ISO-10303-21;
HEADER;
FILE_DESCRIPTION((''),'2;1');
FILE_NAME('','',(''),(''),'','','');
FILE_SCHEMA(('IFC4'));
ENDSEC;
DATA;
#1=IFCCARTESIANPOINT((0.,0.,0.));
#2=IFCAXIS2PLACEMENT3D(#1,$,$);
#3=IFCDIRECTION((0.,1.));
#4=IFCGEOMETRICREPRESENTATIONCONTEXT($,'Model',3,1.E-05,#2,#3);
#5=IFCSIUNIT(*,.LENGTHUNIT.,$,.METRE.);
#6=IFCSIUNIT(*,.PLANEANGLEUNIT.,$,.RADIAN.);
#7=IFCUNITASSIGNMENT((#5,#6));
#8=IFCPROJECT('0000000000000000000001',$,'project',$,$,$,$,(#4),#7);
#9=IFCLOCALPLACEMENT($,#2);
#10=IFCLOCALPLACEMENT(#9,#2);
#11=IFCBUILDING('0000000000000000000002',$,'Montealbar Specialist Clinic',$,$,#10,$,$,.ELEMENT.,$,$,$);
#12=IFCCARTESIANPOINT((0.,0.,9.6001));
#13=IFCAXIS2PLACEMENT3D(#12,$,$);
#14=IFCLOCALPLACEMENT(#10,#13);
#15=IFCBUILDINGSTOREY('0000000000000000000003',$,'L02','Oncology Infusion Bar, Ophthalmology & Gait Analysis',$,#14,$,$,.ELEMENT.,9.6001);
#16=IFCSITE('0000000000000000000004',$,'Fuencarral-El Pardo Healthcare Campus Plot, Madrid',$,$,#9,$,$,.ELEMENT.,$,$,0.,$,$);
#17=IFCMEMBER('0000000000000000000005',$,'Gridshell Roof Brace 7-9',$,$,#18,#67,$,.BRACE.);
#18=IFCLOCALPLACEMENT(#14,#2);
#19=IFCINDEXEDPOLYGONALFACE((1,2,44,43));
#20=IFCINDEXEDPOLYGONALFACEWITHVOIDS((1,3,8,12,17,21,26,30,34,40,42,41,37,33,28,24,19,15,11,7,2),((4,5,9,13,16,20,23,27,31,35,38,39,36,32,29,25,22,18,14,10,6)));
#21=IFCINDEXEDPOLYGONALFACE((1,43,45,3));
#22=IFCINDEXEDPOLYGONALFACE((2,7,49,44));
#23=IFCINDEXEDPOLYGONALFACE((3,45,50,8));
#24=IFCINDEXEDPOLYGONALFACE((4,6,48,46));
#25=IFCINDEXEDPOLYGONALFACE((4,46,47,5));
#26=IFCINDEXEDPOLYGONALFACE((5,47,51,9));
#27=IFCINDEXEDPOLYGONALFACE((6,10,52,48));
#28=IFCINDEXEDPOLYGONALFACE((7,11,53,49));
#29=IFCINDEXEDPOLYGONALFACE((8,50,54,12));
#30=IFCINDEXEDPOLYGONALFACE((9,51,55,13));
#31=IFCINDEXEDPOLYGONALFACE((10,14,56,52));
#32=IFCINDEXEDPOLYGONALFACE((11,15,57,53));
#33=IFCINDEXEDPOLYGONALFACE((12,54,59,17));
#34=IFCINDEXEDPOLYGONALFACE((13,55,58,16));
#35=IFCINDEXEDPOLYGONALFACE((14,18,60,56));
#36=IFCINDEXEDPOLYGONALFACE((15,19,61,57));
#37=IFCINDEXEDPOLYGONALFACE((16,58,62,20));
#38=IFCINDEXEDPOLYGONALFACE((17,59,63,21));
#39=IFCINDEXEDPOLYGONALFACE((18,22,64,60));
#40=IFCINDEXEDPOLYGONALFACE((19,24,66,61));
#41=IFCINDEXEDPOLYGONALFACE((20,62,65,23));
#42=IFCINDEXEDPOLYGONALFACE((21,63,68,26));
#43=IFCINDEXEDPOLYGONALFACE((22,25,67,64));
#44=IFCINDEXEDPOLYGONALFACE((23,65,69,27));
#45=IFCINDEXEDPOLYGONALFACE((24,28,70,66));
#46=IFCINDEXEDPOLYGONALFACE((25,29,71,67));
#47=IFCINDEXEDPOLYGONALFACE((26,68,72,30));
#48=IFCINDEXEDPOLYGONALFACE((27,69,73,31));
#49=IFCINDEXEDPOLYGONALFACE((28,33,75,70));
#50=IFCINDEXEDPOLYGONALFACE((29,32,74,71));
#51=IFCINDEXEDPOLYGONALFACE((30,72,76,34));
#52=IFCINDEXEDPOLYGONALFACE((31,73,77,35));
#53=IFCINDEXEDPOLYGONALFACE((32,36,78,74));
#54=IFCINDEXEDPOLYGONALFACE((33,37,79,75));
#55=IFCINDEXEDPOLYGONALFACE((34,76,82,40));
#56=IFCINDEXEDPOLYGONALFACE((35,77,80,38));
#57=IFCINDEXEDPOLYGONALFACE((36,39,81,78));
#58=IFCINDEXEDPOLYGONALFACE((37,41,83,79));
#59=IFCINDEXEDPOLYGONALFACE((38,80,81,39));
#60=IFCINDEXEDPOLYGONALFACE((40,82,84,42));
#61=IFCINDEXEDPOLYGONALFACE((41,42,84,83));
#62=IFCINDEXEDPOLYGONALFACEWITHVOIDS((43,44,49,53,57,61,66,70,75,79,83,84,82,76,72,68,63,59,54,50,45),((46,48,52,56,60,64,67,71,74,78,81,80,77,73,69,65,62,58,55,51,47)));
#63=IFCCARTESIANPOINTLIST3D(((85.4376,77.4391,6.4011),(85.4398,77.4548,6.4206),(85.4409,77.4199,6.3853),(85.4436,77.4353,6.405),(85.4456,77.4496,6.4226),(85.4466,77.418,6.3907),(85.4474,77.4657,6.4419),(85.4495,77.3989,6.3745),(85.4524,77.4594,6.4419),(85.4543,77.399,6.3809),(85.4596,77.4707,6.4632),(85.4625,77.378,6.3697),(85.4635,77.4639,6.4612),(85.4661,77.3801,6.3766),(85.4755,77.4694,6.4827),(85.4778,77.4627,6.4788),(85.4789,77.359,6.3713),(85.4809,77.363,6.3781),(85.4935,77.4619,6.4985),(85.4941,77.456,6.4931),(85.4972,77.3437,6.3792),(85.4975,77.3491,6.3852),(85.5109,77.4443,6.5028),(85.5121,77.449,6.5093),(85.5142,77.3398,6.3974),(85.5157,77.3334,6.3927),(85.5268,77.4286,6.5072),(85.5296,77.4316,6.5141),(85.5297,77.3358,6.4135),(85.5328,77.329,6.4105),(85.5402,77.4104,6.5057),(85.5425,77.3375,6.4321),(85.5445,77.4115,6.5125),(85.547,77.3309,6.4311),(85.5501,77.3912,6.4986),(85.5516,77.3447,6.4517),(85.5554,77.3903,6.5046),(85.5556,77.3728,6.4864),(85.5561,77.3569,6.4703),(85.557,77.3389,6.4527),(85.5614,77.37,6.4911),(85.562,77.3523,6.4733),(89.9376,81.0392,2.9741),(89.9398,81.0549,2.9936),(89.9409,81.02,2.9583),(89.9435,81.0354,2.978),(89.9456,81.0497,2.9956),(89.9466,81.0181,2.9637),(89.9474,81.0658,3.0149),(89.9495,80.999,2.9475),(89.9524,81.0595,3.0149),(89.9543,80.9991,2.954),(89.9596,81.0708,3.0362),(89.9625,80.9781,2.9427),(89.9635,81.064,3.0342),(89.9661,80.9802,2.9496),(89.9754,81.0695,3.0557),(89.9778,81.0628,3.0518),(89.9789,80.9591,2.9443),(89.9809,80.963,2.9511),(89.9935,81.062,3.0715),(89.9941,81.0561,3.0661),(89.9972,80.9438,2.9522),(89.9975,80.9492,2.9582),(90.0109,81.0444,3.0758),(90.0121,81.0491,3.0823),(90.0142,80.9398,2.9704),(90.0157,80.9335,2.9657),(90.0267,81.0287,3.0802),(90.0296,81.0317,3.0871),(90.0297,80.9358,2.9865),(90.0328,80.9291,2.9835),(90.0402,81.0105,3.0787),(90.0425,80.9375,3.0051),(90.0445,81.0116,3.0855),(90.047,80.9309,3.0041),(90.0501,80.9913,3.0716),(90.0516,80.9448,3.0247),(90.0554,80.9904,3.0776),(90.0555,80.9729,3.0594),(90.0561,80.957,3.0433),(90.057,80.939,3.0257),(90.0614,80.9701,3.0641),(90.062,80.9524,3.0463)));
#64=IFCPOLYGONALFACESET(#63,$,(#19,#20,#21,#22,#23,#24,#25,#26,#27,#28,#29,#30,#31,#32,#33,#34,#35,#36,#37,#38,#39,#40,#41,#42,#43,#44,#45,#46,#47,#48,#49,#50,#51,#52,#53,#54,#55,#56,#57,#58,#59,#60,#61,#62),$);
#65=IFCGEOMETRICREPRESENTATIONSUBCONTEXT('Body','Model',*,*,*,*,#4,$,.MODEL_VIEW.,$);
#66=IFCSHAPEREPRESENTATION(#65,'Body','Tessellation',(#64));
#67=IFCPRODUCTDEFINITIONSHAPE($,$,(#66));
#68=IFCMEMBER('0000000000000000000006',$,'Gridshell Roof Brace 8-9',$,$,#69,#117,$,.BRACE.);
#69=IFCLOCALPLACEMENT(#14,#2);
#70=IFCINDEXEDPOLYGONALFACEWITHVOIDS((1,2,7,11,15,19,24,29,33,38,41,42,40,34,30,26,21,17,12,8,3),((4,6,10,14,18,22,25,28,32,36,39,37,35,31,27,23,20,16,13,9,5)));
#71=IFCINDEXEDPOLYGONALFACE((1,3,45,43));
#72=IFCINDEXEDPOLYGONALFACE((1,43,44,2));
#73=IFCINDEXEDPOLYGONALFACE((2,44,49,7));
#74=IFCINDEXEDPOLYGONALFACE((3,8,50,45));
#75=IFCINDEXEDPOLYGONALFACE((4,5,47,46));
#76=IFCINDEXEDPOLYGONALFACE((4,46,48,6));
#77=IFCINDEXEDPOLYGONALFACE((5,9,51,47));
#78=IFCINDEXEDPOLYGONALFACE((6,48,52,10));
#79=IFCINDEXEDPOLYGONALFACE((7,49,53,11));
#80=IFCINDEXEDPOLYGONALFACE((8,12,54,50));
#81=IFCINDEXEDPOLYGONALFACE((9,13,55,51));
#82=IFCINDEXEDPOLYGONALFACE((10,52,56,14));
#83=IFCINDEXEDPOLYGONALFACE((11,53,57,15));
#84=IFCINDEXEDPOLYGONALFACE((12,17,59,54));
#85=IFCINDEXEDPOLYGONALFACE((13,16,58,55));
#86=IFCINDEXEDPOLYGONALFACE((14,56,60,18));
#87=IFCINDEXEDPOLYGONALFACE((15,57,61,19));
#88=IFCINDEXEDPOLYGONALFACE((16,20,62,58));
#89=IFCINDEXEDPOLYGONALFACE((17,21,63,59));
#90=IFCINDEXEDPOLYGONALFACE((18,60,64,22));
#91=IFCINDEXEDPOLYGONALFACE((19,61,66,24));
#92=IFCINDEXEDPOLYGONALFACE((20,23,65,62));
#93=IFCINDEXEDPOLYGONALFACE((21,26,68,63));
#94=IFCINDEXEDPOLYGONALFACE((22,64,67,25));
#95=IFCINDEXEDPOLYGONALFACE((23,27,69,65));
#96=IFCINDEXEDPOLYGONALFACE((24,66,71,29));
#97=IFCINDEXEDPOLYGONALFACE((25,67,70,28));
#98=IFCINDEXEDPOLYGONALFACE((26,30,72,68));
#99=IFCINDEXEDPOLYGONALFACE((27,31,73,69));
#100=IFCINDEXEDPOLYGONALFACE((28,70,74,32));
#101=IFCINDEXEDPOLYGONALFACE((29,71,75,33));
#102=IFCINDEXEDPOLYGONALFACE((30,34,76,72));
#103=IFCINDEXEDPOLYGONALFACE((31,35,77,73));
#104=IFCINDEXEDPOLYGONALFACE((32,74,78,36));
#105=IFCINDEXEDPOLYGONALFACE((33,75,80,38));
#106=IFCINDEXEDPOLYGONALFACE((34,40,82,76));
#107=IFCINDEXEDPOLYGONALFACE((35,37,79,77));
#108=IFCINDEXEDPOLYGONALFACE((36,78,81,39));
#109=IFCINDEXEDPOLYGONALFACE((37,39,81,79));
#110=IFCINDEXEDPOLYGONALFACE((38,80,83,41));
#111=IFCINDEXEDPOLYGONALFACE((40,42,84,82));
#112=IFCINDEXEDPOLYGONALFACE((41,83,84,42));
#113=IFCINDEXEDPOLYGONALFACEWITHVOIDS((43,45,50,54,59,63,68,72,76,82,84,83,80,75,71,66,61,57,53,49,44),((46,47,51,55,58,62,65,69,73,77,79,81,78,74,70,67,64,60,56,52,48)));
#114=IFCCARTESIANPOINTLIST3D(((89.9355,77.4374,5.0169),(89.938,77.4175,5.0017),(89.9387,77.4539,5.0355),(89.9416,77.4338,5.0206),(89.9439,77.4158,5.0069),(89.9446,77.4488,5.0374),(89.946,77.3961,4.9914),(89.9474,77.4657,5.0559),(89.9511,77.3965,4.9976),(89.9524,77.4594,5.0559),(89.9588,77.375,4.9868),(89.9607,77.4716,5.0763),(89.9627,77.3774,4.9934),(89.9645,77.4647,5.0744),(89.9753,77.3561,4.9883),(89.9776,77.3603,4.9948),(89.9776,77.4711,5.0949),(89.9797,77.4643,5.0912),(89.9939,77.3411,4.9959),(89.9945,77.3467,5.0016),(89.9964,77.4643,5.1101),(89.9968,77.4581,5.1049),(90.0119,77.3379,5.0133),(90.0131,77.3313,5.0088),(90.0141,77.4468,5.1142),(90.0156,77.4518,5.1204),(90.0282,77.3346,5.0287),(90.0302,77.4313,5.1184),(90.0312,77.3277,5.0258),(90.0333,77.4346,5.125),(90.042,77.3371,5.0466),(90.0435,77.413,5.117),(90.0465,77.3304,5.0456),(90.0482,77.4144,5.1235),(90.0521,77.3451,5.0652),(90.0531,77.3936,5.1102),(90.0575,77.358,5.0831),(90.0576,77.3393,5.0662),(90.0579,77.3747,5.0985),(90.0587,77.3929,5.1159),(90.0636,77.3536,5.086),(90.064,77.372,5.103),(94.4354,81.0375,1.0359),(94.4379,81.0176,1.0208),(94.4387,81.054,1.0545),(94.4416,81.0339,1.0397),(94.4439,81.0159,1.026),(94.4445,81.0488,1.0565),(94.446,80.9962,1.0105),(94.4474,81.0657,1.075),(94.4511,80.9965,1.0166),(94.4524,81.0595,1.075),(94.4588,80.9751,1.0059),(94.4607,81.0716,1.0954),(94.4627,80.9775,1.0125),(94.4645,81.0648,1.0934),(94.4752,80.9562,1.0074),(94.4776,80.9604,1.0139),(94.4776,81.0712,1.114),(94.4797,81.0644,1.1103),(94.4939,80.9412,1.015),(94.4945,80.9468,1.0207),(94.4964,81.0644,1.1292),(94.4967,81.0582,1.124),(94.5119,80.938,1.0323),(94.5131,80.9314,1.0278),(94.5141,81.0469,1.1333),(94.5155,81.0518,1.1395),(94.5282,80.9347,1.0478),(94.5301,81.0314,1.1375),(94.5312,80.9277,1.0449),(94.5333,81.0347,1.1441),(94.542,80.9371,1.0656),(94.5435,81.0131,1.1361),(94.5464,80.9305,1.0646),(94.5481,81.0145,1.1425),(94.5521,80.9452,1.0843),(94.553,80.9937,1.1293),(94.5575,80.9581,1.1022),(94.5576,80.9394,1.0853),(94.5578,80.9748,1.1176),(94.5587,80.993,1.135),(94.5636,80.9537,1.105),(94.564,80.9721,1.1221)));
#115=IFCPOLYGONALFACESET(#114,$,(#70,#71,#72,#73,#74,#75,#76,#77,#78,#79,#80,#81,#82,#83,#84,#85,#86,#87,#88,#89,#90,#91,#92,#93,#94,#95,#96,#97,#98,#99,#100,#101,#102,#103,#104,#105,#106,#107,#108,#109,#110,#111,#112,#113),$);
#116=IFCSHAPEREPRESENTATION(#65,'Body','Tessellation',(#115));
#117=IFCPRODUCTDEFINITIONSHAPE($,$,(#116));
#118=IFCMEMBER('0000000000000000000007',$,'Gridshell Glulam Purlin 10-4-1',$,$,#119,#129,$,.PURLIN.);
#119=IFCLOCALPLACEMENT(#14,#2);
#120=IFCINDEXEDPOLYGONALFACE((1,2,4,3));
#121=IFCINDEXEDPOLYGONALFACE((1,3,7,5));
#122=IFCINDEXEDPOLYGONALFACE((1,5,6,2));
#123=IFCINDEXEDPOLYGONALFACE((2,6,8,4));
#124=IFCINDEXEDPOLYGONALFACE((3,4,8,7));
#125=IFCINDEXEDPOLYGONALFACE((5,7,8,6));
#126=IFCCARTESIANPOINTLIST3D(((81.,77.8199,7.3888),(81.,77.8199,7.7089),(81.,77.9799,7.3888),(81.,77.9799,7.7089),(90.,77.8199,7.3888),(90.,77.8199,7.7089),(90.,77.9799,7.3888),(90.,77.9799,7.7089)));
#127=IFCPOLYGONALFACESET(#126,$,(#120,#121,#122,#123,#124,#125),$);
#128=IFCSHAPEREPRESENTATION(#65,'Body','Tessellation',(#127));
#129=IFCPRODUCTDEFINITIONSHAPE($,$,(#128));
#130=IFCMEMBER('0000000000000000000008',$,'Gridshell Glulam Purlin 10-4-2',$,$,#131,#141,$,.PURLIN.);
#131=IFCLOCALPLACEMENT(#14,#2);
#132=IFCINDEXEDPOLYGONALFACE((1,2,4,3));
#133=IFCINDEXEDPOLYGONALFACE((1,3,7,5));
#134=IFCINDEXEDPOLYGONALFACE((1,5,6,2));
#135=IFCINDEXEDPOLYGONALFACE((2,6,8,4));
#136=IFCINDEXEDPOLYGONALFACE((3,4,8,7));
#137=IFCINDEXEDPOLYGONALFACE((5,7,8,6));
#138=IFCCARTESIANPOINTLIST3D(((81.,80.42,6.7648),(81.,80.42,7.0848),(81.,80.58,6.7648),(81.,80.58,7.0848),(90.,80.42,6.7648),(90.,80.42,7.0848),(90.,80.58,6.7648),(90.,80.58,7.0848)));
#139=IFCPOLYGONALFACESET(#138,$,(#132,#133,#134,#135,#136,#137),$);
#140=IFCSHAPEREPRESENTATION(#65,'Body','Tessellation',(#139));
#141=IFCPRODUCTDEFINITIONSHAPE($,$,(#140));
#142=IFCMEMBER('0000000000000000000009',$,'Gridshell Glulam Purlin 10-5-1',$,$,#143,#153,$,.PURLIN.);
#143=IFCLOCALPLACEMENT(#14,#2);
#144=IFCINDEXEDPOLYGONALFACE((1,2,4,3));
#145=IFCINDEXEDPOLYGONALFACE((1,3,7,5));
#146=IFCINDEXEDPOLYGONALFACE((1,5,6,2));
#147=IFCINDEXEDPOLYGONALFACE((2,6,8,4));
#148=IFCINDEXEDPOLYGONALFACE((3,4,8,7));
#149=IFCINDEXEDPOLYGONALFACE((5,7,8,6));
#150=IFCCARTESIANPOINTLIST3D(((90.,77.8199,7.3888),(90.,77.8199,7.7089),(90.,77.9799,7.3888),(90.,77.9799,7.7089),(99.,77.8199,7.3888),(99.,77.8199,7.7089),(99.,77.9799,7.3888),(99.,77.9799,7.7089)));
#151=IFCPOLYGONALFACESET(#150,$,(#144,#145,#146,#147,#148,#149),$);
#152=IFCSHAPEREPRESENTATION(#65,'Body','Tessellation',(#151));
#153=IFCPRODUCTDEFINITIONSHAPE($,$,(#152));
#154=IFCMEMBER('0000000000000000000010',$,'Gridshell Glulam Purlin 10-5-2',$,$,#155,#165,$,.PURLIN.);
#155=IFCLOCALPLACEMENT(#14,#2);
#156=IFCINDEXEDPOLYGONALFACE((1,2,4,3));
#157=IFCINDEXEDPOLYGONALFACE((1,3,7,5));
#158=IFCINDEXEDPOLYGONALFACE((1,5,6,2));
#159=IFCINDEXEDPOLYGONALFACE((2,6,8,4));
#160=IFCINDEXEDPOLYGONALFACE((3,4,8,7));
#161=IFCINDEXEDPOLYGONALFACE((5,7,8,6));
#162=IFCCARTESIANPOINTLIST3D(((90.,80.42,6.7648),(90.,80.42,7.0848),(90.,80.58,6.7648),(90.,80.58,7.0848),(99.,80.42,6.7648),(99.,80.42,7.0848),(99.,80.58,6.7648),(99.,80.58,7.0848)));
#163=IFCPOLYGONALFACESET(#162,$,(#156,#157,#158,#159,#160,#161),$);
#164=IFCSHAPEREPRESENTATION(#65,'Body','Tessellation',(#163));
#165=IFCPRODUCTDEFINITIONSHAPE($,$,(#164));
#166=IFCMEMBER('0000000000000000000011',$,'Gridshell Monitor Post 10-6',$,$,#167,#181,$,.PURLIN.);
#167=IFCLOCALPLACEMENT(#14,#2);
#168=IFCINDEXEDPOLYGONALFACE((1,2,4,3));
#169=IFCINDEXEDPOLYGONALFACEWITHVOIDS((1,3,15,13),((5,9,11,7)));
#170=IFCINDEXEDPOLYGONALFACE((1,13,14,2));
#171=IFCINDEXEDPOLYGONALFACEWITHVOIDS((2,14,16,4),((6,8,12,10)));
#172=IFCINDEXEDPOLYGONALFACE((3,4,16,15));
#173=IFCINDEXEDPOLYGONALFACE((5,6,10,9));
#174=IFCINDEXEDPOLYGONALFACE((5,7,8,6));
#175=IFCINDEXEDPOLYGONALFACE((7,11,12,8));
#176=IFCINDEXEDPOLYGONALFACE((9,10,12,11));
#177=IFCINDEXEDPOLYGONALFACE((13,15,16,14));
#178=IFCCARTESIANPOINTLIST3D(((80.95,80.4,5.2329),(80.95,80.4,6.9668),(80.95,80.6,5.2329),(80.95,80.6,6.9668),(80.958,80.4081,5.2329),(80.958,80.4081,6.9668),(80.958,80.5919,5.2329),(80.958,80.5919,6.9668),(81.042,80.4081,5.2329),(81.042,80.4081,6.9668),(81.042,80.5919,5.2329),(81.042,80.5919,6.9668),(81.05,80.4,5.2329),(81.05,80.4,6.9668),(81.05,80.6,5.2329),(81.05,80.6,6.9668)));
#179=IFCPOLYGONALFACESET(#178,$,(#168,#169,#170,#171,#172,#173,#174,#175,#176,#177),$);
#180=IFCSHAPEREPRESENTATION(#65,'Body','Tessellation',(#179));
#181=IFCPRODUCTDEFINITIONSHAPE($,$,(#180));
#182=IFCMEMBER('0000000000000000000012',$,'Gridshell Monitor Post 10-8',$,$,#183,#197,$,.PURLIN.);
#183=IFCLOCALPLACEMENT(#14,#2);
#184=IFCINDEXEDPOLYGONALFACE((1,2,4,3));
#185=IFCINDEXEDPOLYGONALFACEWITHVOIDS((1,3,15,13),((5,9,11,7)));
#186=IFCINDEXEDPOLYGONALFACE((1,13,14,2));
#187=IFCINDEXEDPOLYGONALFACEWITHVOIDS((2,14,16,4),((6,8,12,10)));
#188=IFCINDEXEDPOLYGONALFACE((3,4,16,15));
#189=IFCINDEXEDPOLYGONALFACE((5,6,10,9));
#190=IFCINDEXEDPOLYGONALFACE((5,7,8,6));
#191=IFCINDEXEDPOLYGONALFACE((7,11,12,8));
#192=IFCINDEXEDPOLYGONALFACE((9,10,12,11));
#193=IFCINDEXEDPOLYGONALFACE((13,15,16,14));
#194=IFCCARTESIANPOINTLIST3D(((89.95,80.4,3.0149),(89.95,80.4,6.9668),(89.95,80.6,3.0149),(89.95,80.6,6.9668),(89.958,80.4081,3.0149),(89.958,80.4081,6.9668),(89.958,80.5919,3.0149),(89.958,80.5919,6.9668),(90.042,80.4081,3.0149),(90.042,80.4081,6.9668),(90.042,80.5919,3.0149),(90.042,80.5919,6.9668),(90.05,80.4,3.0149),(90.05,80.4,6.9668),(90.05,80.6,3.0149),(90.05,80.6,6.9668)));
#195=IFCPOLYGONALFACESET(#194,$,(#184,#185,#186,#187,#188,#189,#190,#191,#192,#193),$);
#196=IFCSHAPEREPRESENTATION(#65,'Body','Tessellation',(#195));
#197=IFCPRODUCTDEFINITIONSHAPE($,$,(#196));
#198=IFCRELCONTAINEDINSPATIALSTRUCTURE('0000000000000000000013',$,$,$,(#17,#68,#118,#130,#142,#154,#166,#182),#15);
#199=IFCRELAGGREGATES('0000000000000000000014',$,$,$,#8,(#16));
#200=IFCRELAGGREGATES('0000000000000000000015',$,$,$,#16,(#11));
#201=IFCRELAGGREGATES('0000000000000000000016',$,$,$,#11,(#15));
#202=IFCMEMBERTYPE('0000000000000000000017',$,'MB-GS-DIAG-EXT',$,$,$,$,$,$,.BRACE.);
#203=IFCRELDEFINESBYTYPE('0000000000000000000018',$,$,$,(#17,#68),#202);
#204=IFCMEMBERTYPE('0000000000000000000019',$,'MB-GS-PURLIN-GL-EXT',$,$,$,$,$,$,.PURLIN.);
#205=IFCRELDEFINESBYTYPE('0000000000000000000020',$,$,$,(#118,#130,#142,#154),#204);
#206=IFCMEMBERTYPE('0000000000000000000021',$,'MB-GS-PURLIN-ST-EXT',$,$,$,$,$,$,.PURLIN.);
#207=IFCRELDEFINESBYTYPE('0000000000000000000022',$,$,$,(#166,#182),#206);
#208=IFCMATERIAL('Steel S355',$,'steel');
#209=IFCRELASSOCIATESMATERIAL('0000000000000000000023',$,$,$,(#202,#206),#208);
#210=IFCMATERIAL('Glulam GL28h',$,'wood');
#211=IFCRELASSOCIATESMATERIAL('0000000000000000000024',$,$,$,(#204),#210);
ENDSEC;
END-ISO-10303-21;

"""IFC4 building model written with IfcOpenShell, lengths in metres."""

from ifc_helpers import new_model, si_unit, direction, frame, origin, origin_2d, place, context, subcontext, project, spatial, rectangle, hollow_rectangle, hollow_circle, extrude, material, material_profile, profile_set, type_object, element, save


model = new_model("IFC4")

# Units and contexts
model_context = context("Model", 3, precision=1e-05, world=origin(), true_north=direction((0.0, 1.0)))
body_context = subcontext(model_context, "Body", "Model", "MODEL_VIEW")
ifc_project = project(units=[si_unit("LENGTHUNIT", "METRE"), si_unit("PLANEANGLEUNIT", "RADIAN")], contexts=[model_context])

# Site, building, storey
site_placement = place(None, origin())
site = spatial("IfcSite", under=ifc_project, at=site_placement, Name="Fuencarral-El Pardo Healthcare Campus Plot, Madrid", CompositionType="ELEMENT", RefElevation=0.0)
building_placement = place(site_placement, origin())
building = spatial("IfcBuilding", under=site, at=building_placement, Name="Montealbar Specialist Clinic", CompositionType="ELEMENT")
storey_placement = place(building_placement, frame((0.0, 0.0, 9.6001)))
storey = spatial("IfcBuildingStorey", under=building, at=storey_placement, Name="L02", Description="Oncology Infusion Bar, Ophthalmology & Gait Analysis", CompositionType="ELEMENT", Elevation=9.6001)

# Shared definitions
ifc_material_1 = material(Name="Steel S355", Category="steel")
ifc_material_2 = material(Name="Glulam GL28h", Category="wood")

# Members
ifc_material_profile_1 = material_profile(ifc_material_1, hollow_circle(Radius=0.0842, WallThickness=0.0081, at=origin_2d()), Name="CHS 168.3x8.0", Category="steel")
ifc_profile_set_1 = profile_set([ifc_material_profile_1], Name="Steel S355")
member_type_1 = type_object("IfcMemberType", Name="MB-GS-DIAG-EXT", PredefinedType="BRACE", material=ifc_profile_set_1)
member_1_placement = place(storey_placement, frame((85.5, 77.3999, 6.4419), z_axis=(0.671156, 0.536939, -0.511123), x_axis=(-0.624705, 0.780861, 0.0)))
element("IfcMember", 1, at=member_1_placement, inside=storey, type_object=member_type_1, Name="Gridshell Roof Brace 7-9", PredefinedType="BRACE", context=body_context, shape_type="SweptSolid", body=[
    extrude(hollow_circle(Radius=0.0842, WallThickness=0.0081, at=origin_2d()), origin(), (0.0, 0.0, 1.0), 6.7048),
])
member_2_placement = place(storey_placement, frame((90.0, 77.3999, 5.0559), z_axis=(0.642472, 0.513992, -0.568368), x_axis=(-0.624705, 0.780861, 0.0)))
element("IfcMember", 2, at=member_2_placement, inside=storey, type_object=member_type_1, Name="Gridshell Roof Brace 8-9", PredefinedType="BRACE", context=body_context, shape_type="SweptSolid", body=[
    extrude(hollow_circle(Radius=0.0842, WallThickness=0.0081, at=origin_2d()), origin(), (0.0, 0.0, 1.0), 7.0042),
])
ifc_material_profile_2 = material_profile(ifc_material_2, rectangle(XDim=0.1599, YDim=0.3201, at=origin_2d()), Name="GL28h 160x320", Category="wood")
ifc_profile_set_2 = profile_set([ifc_material_profile_2], Name="Glulam GL28h")
member_type_2 = type_object("IfcMemberType", Name="MB-GS-PURLIN-GL-EXT", PredefinedType="PURLIN", material=ifc_profile_set_2)
for number, where, z_axis, x_axis, name in (
    (3, (81.0, 77.8999, 7.5488), (1.0, 0.0, 0.0), (0.0, 1.0, 0.0), "Gridshell Glulam Purlin 10-4-1"),
    (4, (81.0, 80.5, 6.9248), (1.0, 0.0, 0.0), (0.0, 1.0, 0.0), "Gridshell Glulam Purlin 10-4-2"),
    (5, (90.0, 77.8999, 7.5488), (1.0, 0.0, 0.0), (0.0, 1.0, 0.0), "Gridshell Glulam Purlin 10-5-1"),
    (6, (90.0, 80.5, 6.9248), (1.0, 0.0, 0.0), (0.0, 1.0, 0.0), "Gridshell Glulam Purlin 10-5-2"),
):
    element("IfcMember", number, at=place(storey_placement, frame(where, z_axis=z_axis, x_axis=x_axis)), inside=storey, type_object=member_type_2, Name=name, PredefinedType="PURLIN", context=body_context, shape_type="SweptSolid", body=[
        extrude(rectangle(XDim=0.1599, YDim=0.3201, at=origin_2d()), origin(), (0.0, 0.0, 1.0), 9.0),
    ])
ifc_material_profile_3 = material_profile(ifc_material_1, hollow_rectangle(XDim=0.1001, YDim=0.2, WallThickness=0.0081, at=origin_2d()), Name="RHS 200x100x8", Category="steel")
ifc_profile_set_3 = profile_set([ifc_material_profile_3], Name="Steel S355")
member_type_3 = type_object("IfcMemberType", Name="MB-GS-PURLIN-ST-EXT", PredefinedType="PURLIN", material=ifc_profile_set_3)
member_3_placement = place(storey_placement, frame((81.0, 80.5, 5.2329), z_axis=(0.0, 0.0, 1.0), x_axis=(1.0, 0.0, 0.0)))
element("IfcMember", 7, at=member_3_placement, inside=storey, type_object=member_type_3, Name="Gridshell Monitor Post 10-6", PredefinedType="PURLIN", context=body_context, shape_type="SweptSolid", body=[
    extrude(hollow_rectangle(XDim=0.1001, YDim=0.2, WallThickness=0.0081, at=origin_2d()), origin(), (0.0, 0.0, 1.0), 1.7339),
])
member_4_placement = place(storey_placement, frame((90.0, 80.5, 3.0149), z_axis=(0.0, 0.0, 1.0), x_axis=(1.0, 0.0, 0.0)))
element("IfcMember", 8, at=member_4_placement, inside=storey, type_object=member_type_3, Name="Gridshell Monitor Post 10-8", PredefinedType="PURLIN", context=body_context, shape_type="SweptSolid", body=[
    extrude(hollow_rectangle(XDim=0.1001, YDim=0.2, WallThickness=0.0081, at=origin_2d()), origin(), (0.0, 0.0, 1.0), 3.9519),
])

save(model, "model.ifc")
